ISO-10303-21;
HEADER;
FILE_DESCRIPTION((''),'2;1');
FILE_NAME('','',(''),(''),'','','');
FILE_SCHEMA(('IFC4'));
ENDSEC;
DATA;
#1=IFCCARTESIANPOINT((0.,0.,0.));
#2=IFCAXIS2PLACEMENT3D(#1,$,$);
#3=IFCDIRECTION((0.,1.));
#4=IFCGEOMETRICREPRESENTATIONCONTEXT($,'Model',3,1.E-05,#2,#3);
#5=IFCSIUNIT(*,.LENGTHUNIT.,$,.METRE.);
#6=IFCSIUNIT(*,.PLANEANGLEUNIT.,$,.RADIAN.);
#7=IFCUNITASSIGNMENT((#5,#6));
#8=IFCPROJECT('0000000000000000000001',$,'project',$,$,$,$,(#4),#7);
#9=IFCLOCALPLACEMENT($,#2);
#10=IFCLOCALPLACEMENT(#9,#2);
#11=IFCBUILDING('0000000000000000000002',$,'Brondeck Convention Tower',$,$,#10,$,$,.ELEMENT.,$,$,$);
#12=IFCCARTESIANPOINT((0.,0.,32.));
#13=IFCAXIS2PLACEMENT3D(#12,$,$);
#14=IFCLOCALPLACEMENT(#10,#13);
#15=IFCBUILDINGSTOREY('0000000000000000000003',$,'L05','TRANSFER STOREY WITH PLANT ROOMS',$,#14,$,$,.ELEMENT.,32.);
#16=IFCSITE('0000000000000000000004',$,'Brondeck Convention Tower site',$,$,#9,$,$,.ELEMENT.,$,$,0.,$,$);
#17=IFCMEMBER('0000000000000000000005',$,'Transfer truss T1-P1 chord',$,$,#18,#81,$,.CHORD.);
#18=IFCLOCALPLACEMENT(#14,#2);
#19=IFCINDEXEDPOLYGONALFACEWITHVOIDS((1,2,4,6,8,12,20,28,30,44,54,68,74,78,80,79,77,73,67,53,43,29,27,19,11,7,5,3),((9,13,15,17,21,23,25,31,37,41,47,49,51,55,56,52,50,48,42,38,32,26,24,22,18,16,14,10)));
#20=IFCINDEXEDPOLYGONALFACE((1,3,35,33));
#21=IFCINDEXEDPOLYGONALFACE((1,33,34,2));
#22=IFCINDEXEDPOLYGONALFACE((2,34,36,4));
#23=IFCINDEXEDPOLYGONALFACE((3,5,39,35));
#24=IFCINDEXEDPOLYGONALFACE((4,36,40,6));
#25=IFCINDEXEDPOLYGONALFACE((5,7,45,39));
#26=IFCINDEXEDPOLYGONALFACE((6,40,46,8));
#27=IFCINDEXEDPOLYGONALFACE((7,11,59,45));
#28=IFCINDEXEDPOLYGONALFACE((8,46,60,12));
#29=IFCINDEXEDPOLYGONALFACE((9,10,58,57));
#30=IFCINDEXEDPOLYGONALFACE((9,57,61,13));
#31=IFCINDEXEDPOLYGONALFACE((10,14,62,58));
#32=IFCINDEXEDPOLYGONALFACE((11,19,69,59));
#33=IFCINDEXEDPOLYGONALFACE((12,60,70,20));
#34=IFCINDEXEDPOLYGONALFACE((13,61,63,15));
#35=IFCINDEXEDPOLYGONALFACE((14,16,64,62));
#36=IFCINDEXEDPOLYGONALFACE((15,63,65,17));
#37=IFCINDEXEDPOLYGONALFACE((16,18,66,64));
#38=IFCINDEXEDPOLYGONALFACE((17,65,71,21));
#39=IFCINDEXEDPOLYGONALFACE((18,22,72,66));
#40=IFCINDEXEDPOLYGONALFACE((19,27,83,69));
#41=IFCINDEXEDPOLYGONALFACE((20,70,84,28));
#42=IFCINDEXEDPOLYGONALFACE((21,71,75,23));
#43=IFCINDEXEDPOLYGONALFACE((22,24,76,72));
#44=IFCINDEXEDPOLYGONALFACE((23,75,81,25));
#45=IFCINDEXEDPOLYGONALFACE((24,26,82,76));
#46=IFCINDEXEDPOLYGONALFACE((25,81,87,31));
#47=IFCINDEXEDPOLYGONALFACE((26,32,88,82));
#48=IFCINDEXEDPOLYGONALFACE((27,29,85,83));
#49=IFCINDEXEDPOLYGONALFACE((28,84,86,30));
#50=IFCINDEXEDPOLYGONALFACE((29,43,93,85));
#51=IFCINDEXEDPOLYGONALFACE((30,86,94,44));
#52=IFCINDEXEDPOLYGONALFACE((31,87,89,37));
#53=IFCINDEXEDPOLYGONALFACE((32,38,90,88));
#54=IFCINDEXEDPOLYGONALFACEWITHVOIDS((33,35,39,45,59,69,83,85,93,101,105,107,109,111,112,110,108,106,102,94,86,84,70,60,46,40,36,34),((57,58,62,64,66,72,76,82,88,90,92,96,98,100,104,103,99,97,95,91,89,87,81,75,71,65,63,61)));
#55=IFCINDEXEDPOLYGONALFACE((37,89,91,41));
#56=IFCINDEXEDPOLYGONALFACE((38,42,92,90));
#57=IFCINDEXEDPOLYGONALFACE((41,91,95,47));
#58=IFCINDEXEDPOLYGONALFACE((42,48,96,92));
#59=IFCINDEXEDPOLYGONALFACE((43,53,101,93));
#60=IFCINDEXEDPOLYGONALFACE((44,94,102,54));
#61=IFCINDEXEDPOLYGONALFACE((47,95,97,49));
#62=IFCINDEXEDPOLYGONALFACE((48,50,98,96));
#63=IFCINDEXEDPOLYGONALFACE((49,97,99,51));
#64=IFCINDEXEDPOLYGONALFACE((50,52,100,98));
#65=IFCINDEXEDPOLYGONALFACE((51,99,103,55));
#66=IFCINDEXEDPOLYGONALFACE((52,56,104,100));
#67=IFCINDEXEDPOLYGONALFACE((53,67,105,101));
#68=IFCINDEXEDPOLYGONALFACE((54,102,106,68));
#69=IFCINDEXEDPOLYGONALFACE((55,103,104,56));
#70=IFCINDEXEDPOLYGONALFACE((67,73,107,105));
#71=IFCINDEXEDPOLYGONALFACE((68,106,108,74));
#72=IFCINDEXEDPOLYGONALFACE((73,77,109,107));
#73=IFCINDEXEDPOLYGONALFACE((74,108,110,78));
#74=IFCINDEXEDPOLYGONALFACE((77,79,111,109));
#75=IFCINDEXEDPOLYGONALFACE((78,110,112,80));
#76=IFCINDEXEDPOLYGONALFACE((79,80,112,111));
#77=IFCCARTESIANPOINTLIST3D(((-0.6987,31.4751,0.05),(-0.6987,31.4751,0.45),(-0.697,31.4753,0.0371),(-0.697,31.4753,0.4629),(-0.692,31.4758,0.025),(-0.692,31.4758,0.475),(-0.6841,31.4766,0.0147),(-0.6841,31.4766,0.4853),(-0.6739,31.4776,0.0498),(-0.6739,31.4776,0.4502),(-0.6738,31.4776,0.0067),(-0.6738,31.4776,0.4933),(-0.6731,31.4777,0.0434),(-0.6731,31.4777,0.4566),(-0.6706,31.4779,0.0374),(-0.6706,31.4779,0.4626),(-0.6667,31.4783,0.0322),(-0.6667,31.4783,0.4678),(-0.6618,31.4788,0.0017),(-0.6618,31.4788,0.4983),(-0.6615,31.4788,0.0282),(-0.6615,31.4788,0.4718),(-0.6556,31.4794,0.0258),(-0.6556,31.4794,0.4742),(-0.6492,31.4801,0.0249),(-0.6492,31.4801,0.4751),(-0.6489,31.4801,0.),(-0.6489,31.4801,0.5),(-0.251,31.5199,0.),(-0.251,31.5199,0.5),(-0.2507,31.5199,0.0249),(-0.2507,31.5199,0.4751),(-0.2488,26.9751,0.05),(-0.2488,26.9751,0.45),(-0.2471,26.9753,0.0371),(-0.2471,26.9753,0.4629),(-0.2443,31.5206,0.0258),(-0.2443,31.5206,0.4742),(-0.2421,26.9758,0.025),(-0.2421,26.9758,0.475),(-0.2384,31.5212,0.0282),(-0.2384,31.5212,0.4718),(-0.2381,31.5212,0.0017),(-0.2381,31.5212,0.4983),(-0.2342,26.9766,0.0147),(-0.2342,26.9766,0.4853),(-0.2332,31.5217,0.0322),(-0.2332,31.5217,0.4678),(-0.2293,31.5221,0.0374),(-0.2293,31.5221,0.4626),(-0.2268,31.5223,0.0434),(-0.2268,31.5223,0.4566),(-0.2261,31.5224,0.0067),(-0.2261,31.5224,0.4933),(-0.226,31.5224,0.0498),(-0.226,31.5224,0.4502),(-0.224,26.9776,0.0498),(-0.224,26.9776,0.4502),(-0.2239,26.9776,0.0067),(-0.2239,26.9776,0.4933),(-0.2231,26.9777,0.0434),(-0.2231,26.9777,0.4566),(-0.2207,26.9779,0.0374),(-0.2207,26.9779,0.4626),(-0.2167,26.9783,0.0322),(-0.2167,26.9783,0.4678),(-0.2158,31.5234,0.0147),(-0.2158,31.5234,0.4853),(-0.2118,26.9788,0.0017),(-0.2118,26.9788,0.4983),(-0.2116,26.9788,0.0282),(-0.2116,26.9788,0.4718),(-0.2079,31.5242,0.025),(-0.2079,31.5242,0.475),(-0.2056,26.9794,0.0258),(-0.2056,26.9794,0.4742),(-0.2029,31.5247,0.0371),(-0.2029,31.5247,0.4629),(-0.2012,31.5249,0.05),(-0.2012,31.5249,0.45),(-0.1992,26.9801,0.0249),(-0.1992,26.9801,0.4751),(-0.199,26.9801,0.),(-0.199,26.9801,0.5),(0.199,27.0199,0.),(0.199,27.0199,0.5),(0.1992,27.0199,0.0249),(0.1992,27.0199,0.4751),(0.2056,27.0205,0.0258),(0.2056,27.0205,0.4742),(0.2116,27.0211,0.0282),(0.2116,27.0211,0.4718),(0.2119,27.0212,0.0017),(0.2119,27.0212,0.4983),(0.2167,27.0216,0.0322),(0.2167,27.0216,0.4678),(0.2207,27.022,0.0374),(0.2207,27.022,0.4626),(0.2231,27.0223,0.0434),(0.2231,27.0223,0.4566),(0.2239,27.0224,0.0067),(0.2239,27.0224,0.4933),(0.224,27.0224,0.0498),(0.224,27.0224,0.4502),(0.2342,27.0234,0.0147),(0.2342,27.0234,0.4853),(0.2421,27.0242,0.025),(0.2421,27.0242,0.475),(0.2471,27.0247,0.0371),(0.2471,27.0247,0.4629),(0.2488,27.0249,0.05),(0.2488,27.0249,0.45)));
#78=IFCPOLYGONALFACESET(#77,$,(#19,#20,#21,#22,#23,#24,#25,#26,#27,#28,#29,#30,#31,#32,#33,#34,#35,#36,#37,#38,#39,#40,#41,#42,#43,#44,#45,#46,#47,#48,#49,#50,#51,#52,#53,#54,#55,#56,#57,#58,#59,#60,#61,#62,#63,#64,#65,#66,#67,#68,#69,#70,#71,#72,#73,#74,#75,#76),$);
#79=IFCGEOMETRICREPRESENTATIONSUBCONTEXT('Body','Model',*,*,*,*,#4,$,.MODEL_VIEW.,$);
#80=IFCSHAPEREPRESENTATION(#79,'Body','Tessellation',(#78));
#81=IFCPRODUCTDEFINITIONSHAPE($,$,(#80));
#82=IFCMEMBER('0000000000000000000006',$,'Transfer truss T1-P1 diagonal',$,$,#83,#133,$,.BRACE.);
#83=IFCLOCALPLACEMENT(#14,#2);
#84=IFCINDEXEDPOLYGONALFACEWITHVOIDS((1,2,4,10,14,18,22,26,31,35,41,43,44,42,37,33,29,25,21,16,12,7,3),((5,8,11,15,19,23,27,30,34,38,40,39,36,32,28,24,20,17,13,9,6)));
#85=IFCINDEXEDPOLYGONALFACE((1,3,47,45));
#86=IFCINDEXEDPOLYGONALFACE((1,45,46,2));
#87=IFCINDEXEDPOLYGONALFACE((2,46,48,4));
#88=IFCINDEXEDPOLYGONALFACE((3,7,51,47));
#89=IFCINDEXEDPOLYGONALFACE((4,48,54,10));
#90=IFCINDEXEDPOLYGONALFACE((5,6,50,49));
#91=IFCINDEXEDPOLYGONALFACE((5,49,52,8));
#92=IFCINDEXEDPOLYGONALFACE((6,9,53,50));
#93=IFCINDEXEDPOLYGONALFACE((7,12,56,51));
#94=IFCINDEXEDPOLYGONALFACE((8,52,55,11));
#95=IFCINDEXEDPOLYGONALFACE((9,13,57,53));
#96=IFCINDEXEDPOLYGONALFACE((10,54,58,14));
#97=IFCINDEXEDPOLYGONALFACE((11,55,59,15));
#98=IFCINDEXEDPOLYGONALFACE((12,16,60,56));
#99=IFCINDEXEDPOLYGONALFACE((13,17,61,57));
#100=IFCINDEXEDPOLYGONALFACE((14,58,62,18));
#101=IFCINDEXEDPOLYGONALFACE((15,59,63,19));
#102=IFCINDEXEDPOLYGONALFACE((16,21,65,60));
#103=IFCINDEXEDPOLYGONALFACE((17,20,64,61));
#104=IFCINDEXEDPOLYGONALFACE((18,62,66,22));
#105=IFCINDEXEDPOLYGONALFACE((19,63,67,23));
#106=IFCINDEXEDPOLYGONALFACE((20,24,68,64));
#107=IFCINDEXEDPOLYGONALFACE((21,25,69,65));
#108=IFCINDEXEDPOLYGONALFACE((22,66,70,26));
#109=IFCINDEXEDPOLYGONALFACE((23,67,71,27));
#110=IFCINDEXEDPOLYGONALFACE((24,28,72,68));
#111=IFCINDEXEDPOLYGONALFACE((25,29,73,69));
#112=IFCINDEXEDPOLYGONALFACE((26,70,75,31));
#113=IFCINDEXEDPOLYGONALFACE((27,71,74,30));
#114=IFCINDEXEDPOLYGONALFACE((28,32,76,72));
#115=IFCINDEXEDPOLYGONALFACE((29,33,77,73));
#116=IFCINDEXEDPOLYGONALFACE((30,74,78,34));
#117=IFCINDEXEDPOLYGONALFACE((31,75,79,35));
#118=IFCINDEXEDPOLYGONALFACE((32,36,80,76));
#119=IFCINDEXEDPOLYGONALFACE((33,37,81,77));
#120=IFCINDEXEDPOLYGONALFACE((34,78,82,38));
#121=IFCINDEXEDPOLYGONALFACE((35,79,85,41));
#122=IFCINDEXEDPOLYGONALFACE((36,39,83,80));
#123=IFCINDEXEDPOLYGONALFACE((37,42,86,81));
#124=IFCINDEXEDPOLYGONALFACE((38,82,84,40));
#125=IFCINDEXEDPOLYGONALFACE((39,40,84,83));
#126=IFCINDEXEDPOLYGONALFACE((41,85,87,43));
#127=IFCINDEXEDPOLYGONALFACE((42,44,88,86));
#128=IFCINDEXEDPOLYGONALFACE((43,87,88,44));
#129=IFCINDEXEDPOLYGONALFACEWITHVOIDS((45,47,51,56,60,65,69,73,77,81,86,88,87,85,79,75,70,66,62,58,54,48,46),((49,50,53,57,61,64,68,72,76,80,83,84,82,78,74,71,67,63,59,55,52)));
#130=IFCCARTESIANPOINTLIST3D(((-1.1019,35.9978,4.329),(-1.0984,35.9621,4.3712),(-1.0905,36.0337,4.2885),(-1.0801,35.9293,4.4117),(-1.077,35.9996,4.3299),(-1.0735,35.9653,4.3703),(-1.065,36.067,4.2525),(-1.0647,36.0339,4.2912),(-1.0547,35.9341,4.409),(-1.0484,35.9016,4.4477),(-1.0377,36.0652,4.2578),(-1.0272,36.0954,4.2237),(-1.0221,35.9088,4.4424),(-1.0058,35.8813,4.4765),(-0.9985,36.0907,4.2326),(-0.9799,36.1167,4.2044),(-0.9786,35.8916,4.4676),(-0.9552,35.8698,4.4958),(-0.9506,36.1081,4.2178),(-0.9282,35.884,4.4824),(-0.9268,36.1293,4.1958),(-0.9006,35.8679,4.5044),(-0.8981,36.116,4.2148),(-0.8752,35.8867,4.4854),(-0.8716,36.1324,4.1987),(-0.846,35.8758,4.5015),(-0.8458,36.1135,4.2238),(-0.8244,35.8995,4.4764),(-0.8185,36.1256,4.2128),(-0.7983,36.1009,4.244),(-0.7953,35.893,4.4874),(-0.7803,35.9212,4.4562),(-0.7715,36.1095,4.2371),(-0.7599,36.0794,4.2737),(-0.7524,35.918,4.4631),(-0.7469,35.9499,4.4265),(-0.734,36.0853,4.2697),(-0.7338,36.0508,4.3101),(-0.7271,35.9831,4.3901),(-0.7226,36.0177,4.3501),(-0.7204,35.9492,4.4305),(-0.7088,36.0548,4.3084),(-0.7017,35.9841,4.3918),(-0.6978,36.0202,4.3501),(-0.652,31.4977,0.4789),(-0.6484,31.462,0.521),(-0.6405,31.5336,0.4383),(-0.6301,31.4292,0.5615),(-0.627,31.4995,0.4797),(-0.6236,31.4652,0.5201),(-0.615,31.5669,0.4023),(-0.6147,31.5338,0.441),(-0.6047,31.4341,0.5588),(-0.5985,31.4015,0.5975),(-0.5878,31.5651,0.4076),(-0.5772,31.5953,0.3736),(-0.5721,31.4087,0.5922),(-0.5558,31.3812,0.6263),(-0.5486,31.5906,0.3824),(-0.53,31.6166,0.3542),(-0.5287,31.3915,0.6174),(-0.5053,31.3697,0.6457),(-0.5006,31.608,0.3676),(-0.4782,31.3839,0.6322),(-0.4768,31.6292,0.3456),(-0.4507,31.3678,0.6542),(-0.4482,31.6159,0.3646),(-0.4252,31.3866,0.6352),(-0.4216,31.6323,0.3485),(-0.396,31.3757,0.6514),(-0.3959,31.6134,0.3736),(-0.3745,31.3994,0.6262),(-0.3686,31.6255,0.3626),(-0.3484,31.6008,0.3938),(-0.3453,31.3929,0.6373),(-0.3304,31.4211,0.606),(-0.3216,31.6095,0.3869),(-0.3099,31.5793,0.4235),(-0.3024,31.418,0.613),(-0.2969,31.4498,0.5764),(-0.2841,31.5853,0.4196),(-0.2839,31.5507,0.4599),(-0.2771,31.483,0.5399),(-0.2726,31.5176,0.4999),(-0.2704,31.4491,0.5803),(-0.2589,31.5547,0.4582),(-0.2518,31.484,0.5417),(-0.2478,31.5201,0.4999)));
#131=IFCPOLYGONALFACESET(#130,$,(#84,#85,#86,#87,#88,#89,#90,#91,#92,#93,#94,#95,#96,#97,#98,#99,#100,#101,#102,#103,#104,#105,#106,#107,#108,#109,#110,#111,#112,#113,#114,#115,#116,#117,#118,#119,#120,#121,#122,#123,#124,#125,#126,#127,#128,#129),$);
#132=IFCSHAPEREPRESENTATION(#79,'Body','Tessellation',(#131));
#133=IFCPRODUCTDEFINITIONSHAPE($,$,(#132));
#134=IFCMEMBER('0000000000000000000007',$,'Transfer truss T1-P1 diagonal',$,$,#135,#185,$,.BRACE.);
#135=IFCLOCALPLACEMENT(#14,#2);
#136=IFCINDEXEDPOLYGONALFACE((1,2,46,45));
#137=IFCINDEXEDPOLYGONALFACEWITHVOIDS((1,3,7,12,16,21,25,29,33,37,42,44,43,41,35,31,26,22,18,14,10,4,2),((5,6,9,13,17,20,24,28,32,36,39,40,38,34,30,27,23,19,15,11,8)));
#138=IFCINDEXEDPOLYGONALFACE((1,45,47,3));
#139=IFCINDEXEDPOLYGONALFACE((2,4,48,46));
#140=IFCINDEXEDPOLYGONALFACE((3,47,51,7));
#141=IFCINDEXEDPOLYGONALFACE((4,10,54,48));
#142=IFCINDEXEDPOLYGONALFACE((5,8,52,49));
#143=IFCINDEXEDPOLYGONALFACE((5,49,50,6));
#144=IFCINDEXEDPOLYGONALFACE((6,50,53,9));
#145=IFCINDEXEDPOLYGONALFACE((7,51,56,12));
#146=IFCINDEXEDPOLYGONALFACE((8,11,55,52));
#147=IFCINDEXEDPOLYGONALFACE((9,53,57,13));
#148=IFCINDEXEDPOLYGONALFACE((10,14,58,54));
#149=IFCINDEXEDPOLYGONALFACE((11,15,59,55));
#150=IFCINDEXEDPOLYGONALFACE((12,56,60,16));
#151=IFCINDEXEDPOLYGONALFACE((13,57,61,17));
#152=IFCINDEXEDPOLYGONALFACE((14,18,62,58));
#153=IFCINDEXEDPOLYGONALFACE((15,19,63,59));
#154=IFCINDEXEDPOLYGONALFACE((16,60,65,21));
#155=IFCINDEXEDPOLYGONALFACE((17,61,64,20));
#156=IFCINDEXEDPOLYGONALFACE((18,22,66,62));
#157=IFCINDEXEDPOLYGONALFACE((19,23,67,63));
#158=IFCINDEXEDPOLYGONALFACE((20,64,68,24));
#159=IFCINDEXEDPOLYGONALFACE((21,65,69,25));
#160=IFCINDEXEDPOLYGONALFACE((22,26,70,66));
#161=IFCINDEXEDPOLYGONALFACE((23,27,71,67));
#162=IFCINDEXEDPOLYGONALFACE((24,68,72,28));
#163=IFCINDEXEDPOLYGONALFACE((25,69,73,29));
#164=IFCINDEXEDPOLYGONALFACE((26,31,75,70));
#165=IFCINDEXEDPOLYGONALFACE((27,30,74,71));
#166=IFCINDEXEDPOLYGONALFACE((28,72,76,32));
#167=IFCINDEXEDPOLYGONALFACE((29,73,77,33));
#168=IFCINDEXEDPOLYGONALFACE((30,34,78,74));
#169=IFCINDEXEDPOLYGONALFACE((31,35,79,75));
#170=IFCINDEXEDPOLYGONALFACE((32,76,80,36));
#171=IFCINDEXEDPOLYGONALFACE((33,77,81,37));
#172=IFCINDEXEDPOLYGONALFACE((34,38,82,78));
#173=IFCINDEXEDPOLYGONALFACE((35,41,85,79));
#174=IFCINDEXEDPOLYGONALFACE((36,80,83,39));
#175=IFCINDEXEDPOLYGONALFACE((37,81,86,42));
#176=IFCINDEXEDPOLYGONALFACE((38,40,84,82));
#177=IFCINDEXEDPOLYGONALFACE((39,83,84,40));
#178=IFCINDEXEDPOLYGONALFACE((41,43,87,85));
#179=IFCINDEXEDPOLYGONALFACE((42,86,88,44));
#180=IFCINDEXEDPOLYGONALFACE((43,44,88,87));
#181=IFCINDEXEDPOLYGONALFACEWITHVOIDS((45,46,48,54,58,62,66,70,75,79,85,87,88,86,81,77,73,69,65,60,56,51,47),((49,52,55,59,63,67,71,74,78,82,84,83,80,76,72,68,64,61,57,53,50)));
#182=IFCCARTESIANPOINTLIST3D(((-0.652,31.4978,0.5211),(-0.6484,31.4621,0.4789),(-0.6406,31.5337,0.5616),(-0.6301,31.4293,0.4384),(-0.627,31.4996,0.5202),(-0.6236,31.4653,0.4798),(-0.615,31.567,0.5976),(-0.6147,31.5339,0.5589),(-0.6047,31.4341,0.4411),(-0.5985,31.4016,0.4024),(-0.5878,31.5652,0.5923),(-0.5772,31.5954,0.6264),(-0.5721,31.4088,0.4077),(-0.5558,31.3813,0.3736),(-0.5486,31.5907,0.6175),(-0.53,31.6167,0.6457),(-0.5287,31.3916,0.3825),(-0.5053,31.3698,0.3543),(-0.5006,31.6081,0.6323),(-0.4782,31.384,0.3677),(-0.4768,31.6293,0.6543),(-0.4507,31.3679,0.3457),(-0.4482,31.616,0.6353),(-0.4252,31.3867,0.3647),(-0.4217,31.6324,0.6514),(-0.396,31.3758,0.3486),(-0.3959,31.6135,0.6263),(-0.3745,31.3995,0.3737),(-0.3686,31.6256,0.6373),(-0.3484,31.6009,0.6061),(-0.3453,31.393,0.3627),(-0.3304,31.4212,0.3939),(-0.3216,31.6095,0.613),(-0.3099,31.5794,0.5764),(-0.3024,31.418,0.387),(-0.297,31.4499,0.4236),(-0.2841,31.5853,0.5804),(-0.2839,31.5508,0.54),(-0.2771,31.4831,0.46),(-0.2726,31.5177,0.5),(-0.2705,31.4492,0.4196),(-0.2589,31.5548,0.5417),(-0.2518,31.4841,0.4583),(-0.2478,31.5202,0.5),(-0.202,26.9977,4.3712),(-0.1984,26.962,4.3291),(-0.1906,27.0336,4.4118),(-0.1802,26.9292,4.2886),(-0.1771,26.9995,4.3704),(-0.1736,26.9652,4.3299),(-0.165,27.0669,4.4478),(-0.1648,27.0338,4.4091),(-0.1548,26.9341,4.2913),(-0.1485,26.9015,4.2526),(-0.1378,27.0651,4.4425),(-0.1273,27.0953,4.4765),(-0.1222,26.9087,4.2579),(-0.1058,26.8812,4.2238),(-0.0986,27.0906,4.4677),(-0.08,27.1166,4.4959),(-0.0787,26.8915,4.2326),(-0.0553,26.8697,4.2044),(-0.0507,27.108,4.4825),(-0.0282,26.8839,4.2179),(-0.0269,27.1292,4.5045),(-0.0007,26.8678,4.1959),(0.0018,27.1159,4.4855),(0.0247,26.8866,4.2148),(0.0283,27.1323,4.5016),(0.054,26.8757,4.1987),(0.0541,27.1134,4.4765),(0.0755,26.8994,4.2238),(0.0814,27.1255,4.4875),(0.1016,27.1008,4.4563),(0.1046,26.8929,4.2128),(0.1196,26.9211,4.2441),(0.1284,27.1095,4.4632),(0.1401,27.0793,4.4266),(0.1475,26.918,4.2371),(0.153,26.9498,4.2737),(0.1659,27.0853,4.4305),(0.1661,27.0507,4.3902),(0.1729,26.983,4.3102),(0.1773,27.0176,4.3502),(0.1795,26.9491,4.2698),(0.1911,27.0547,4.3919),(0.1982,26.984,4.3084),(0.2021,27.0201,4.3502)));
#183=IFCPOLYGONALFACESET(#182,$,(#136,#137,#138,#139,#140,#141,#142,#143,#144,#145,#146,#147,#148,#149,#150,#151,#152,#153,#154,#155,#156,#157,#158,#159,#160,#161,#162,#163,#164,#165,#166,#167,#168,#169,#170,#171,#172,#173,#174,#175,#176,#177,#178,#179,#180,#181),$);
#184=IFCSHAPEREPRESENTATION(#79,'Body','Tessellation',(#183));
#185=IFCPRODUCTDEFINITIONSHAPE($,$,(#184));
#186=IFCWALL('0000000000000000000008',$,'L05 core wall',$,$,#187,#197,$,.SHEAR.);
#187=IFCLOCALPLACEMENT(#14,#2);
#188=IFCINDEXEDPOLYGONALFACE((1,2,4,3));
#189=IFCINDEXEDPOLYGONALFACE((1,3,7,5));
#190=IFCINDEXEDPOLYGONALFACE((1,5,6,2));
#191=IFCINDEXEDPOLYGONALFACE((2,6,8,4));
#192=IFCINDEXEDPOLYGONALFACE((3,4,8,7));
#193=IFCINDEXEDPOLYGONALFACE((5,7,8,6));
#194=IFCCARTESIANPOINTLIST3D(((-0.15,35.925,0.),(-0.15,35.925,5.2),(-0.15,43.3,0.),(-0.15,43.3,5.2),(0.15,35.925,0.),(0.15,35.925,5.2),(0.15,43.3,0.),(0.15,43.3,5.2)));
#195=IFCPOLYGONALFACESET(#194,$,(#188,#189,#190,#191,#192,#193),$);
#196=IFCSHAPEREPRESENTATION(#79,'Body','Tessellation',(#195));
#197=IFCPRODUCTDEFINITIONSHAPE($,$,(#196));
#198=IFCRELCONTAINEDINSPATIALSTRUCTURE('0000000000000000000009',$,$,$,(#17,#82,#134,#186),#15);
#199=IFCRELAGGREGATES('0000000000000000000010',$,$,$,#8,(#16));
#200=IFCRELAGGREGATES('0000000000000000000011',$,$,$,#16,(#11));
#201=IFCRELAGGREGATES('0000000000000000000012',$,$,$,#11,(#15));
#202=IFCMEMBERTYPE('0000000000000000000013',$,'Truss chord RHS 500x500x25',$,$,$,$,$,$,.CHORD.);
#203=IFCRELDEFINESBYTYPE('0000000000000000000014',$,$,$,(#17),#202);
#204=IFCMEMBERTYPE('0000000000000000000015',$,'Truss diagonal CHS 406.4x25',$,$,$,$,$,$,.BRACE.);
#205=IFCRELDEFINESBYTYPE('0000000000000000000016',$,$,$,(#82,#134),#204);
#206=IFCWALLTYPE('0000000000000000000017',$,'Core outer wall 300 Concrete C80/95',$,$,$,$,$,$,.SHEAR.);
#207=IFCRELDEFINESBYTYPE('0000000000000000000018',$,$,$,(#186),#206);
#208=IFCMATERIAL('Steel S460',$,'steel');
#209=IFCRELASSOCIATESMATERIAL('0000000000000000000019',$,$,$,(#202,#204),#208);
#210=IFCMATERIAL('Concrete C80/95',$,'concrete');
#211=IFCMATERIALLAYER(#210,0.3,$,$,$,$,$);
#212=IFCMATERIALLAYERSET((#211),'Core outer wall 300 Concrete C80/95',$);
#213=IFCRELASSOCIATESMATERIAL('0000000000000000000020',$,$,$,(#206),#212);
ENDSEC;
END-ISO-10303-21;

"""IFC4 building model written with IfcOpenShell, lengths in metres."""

from ifc_helpers import new_model, si_unit, direction, frame, frame_2d, origin, origin_2d, place, context, subcontext, project, spatial, rectangle, hollow_rectangle, hollow_circle, extrude, material, layer, layer_set, material_profile, profile_set, type_object, element, save


model = new_model("IFC4")

# Units and contexts
model_context = context("Model", 3, precision=1e-05, world=origin(), true_north=direction((0.0, 1.0)))
body_context = subcontext(model_context, "Body", "Model", "MODEL_VIEW")
ifc_project = project(units=[si_unit("LENGTHUNIT", "METRE"), si_unit("PLANEANGLEUNIT", "RADIAN")], contexts=[model_context])

# Site, building, storey
site_placement = place(None, origin())
site = spatial("IfcSite", under=ifc_project, at=site_placement, Name="Brondeck Convention Tower site", CompositionType="ELEMENT", RefElevation=0.0)
building_placement = place(site_placement, origin())
building = spatial("IfcBuilding", under=site, at=building_placement, Name="Brondeck Convention Tower", CompositionType="ELEMENT")
storey_placement = place(building_placement, frame((0.0, 0.0, 32.0)))
storey = spatial("IfcBuildingStorey", under=building, at=storey_placement, Name="L05", Description="TRANSFER STOREY WITH PLANT ROOMS", CompositionType="ELEMENT", Elevation=32.0)

# Shared definitions
ifc_material_1 = material(Name="Steel S460", Category="steel")

# Shared definitions
ifc_material_2 = material(Name="Concrete C80/95", Category="concrete")

# Members
ifc_material_profile_1 = material_profile(ifc_material_1, hollow_rectangle(XDim=0.5, YDim=0.5, WallThickness=0.0249, InnerFilletRadius=0.0249, OuterFilletRadius=0.05, at=origin_2d()), Name="RHS 500x500x25")
ifc_profile_set_1 = profile_set([ifc_material_profile_1], Name="Steel S460")
member_type_1 = type_object("IfcMemberType", Name="Truss chord RHS 500x500x25", PredefinedType="CHORD", material=ifc_profile_set_1)
for number, where, z_axis, x_axis, name in (
    (1, (-0.45, 31.5, 0.25), (0.099493, -0.995038, 0.0), (0.995038, 0.099493, 0.0), "Transfer truss T1-P1 chord"),
):
    element("IfcMember", number, at=place(storey_placement, frame(where, z_axis=z_axis, x_axis=x_axis)), inside=storey, type_object=member_type_1, Name=name, PredefinedType="CHORD", context=body_context, shape_type="SweptSolid", body=[
        extrude(hollow_rectangle(XDim=0.5, YDim=0.5, WallThickness=0.0249, InnerFilletRadius=0.0249, OuterFilletRadius=0.05, at=origin_2d()), origin(), (0.0, 0.0, 1.0), 4.5225),
    ])
ifc_material_profile_2 = material_profile(ifc_material_1, hollow_circle(Radius=0.2031, WallThickness=0.0249, at=origin_2d()), Name="CHS 406.4x25")
ifc_profile_set_2 = profile_set([ifc_material_profile_2], Name="Steel S460")
member_type_2 = type_object("IfcMemberType", Name="Truss diagonal CHS 406.4x25", PredefinedType="BRACE", material=ifc_profile_set_2)
for number, where, z_axis, x_axis, name in (
    (2, (-0.8999, 36.0, 4.3501), (0.075758, -0.75766, -0.648237), (0.995038, 0.099493, 0.0), "Transfer truss T1-P1 diagonal"),
    (3, (-0.45, 31.5, 0.5), (0.075758, -0.75766, 0.648237), (0.995038, 0.099493, 0.0), "Transfer truss T1-P1 diagonal"),
):
    element("IfcMember", number, at=place(storey_placement, frame(where, z_axis=z_axis, x_axis=x_axis)), inside=storey, type_object=member_type_2, Name=name, PredefinedType="BRACE", context=body_context, shape_type="SweptSolid", body=[
        extrude(hollow_circle(Radius=0.2031, WallThickness=0.0249, at=origin_2d()), origin(), (0.0, 0.0, 1.0), 5.9395),
    ])

# Wall
ifc_layer_1 = layer(ifc_material_2, 0.3)
ifc_layer_set_1 = layer_set([ifc_layer_1], Name="Core outer wall 300 Concrete C80/95")
wall_type_1 = type_object("IfcWallType", Name="Core outer wall 300 Concrete C80/95", PredefinedType="SHEAR", material=ifc_layer_set_1)
wall_1_placement = place(storey_placement, frame((0.0, 35.925, 0.0), z_axis=(0.0, 0.0, 1.0), x_axis=(0.0, 1.0, 0.0)))
element("IfcWall", 4, at=wall_1_placement, inside=storey, type_object=wall_type_1, Name="L05 core wall", PredefinedType="SHEAR", context=body_context, shape_type="SweptSolid", body=[
    extrude(rectangle(XDim=7.375, YDim=0.3, at=frame_2d((3.6875, 0.0))), origin(), (0.0, 0.0, 1.0), 5.2),
])

save(model, "model.ifc")
